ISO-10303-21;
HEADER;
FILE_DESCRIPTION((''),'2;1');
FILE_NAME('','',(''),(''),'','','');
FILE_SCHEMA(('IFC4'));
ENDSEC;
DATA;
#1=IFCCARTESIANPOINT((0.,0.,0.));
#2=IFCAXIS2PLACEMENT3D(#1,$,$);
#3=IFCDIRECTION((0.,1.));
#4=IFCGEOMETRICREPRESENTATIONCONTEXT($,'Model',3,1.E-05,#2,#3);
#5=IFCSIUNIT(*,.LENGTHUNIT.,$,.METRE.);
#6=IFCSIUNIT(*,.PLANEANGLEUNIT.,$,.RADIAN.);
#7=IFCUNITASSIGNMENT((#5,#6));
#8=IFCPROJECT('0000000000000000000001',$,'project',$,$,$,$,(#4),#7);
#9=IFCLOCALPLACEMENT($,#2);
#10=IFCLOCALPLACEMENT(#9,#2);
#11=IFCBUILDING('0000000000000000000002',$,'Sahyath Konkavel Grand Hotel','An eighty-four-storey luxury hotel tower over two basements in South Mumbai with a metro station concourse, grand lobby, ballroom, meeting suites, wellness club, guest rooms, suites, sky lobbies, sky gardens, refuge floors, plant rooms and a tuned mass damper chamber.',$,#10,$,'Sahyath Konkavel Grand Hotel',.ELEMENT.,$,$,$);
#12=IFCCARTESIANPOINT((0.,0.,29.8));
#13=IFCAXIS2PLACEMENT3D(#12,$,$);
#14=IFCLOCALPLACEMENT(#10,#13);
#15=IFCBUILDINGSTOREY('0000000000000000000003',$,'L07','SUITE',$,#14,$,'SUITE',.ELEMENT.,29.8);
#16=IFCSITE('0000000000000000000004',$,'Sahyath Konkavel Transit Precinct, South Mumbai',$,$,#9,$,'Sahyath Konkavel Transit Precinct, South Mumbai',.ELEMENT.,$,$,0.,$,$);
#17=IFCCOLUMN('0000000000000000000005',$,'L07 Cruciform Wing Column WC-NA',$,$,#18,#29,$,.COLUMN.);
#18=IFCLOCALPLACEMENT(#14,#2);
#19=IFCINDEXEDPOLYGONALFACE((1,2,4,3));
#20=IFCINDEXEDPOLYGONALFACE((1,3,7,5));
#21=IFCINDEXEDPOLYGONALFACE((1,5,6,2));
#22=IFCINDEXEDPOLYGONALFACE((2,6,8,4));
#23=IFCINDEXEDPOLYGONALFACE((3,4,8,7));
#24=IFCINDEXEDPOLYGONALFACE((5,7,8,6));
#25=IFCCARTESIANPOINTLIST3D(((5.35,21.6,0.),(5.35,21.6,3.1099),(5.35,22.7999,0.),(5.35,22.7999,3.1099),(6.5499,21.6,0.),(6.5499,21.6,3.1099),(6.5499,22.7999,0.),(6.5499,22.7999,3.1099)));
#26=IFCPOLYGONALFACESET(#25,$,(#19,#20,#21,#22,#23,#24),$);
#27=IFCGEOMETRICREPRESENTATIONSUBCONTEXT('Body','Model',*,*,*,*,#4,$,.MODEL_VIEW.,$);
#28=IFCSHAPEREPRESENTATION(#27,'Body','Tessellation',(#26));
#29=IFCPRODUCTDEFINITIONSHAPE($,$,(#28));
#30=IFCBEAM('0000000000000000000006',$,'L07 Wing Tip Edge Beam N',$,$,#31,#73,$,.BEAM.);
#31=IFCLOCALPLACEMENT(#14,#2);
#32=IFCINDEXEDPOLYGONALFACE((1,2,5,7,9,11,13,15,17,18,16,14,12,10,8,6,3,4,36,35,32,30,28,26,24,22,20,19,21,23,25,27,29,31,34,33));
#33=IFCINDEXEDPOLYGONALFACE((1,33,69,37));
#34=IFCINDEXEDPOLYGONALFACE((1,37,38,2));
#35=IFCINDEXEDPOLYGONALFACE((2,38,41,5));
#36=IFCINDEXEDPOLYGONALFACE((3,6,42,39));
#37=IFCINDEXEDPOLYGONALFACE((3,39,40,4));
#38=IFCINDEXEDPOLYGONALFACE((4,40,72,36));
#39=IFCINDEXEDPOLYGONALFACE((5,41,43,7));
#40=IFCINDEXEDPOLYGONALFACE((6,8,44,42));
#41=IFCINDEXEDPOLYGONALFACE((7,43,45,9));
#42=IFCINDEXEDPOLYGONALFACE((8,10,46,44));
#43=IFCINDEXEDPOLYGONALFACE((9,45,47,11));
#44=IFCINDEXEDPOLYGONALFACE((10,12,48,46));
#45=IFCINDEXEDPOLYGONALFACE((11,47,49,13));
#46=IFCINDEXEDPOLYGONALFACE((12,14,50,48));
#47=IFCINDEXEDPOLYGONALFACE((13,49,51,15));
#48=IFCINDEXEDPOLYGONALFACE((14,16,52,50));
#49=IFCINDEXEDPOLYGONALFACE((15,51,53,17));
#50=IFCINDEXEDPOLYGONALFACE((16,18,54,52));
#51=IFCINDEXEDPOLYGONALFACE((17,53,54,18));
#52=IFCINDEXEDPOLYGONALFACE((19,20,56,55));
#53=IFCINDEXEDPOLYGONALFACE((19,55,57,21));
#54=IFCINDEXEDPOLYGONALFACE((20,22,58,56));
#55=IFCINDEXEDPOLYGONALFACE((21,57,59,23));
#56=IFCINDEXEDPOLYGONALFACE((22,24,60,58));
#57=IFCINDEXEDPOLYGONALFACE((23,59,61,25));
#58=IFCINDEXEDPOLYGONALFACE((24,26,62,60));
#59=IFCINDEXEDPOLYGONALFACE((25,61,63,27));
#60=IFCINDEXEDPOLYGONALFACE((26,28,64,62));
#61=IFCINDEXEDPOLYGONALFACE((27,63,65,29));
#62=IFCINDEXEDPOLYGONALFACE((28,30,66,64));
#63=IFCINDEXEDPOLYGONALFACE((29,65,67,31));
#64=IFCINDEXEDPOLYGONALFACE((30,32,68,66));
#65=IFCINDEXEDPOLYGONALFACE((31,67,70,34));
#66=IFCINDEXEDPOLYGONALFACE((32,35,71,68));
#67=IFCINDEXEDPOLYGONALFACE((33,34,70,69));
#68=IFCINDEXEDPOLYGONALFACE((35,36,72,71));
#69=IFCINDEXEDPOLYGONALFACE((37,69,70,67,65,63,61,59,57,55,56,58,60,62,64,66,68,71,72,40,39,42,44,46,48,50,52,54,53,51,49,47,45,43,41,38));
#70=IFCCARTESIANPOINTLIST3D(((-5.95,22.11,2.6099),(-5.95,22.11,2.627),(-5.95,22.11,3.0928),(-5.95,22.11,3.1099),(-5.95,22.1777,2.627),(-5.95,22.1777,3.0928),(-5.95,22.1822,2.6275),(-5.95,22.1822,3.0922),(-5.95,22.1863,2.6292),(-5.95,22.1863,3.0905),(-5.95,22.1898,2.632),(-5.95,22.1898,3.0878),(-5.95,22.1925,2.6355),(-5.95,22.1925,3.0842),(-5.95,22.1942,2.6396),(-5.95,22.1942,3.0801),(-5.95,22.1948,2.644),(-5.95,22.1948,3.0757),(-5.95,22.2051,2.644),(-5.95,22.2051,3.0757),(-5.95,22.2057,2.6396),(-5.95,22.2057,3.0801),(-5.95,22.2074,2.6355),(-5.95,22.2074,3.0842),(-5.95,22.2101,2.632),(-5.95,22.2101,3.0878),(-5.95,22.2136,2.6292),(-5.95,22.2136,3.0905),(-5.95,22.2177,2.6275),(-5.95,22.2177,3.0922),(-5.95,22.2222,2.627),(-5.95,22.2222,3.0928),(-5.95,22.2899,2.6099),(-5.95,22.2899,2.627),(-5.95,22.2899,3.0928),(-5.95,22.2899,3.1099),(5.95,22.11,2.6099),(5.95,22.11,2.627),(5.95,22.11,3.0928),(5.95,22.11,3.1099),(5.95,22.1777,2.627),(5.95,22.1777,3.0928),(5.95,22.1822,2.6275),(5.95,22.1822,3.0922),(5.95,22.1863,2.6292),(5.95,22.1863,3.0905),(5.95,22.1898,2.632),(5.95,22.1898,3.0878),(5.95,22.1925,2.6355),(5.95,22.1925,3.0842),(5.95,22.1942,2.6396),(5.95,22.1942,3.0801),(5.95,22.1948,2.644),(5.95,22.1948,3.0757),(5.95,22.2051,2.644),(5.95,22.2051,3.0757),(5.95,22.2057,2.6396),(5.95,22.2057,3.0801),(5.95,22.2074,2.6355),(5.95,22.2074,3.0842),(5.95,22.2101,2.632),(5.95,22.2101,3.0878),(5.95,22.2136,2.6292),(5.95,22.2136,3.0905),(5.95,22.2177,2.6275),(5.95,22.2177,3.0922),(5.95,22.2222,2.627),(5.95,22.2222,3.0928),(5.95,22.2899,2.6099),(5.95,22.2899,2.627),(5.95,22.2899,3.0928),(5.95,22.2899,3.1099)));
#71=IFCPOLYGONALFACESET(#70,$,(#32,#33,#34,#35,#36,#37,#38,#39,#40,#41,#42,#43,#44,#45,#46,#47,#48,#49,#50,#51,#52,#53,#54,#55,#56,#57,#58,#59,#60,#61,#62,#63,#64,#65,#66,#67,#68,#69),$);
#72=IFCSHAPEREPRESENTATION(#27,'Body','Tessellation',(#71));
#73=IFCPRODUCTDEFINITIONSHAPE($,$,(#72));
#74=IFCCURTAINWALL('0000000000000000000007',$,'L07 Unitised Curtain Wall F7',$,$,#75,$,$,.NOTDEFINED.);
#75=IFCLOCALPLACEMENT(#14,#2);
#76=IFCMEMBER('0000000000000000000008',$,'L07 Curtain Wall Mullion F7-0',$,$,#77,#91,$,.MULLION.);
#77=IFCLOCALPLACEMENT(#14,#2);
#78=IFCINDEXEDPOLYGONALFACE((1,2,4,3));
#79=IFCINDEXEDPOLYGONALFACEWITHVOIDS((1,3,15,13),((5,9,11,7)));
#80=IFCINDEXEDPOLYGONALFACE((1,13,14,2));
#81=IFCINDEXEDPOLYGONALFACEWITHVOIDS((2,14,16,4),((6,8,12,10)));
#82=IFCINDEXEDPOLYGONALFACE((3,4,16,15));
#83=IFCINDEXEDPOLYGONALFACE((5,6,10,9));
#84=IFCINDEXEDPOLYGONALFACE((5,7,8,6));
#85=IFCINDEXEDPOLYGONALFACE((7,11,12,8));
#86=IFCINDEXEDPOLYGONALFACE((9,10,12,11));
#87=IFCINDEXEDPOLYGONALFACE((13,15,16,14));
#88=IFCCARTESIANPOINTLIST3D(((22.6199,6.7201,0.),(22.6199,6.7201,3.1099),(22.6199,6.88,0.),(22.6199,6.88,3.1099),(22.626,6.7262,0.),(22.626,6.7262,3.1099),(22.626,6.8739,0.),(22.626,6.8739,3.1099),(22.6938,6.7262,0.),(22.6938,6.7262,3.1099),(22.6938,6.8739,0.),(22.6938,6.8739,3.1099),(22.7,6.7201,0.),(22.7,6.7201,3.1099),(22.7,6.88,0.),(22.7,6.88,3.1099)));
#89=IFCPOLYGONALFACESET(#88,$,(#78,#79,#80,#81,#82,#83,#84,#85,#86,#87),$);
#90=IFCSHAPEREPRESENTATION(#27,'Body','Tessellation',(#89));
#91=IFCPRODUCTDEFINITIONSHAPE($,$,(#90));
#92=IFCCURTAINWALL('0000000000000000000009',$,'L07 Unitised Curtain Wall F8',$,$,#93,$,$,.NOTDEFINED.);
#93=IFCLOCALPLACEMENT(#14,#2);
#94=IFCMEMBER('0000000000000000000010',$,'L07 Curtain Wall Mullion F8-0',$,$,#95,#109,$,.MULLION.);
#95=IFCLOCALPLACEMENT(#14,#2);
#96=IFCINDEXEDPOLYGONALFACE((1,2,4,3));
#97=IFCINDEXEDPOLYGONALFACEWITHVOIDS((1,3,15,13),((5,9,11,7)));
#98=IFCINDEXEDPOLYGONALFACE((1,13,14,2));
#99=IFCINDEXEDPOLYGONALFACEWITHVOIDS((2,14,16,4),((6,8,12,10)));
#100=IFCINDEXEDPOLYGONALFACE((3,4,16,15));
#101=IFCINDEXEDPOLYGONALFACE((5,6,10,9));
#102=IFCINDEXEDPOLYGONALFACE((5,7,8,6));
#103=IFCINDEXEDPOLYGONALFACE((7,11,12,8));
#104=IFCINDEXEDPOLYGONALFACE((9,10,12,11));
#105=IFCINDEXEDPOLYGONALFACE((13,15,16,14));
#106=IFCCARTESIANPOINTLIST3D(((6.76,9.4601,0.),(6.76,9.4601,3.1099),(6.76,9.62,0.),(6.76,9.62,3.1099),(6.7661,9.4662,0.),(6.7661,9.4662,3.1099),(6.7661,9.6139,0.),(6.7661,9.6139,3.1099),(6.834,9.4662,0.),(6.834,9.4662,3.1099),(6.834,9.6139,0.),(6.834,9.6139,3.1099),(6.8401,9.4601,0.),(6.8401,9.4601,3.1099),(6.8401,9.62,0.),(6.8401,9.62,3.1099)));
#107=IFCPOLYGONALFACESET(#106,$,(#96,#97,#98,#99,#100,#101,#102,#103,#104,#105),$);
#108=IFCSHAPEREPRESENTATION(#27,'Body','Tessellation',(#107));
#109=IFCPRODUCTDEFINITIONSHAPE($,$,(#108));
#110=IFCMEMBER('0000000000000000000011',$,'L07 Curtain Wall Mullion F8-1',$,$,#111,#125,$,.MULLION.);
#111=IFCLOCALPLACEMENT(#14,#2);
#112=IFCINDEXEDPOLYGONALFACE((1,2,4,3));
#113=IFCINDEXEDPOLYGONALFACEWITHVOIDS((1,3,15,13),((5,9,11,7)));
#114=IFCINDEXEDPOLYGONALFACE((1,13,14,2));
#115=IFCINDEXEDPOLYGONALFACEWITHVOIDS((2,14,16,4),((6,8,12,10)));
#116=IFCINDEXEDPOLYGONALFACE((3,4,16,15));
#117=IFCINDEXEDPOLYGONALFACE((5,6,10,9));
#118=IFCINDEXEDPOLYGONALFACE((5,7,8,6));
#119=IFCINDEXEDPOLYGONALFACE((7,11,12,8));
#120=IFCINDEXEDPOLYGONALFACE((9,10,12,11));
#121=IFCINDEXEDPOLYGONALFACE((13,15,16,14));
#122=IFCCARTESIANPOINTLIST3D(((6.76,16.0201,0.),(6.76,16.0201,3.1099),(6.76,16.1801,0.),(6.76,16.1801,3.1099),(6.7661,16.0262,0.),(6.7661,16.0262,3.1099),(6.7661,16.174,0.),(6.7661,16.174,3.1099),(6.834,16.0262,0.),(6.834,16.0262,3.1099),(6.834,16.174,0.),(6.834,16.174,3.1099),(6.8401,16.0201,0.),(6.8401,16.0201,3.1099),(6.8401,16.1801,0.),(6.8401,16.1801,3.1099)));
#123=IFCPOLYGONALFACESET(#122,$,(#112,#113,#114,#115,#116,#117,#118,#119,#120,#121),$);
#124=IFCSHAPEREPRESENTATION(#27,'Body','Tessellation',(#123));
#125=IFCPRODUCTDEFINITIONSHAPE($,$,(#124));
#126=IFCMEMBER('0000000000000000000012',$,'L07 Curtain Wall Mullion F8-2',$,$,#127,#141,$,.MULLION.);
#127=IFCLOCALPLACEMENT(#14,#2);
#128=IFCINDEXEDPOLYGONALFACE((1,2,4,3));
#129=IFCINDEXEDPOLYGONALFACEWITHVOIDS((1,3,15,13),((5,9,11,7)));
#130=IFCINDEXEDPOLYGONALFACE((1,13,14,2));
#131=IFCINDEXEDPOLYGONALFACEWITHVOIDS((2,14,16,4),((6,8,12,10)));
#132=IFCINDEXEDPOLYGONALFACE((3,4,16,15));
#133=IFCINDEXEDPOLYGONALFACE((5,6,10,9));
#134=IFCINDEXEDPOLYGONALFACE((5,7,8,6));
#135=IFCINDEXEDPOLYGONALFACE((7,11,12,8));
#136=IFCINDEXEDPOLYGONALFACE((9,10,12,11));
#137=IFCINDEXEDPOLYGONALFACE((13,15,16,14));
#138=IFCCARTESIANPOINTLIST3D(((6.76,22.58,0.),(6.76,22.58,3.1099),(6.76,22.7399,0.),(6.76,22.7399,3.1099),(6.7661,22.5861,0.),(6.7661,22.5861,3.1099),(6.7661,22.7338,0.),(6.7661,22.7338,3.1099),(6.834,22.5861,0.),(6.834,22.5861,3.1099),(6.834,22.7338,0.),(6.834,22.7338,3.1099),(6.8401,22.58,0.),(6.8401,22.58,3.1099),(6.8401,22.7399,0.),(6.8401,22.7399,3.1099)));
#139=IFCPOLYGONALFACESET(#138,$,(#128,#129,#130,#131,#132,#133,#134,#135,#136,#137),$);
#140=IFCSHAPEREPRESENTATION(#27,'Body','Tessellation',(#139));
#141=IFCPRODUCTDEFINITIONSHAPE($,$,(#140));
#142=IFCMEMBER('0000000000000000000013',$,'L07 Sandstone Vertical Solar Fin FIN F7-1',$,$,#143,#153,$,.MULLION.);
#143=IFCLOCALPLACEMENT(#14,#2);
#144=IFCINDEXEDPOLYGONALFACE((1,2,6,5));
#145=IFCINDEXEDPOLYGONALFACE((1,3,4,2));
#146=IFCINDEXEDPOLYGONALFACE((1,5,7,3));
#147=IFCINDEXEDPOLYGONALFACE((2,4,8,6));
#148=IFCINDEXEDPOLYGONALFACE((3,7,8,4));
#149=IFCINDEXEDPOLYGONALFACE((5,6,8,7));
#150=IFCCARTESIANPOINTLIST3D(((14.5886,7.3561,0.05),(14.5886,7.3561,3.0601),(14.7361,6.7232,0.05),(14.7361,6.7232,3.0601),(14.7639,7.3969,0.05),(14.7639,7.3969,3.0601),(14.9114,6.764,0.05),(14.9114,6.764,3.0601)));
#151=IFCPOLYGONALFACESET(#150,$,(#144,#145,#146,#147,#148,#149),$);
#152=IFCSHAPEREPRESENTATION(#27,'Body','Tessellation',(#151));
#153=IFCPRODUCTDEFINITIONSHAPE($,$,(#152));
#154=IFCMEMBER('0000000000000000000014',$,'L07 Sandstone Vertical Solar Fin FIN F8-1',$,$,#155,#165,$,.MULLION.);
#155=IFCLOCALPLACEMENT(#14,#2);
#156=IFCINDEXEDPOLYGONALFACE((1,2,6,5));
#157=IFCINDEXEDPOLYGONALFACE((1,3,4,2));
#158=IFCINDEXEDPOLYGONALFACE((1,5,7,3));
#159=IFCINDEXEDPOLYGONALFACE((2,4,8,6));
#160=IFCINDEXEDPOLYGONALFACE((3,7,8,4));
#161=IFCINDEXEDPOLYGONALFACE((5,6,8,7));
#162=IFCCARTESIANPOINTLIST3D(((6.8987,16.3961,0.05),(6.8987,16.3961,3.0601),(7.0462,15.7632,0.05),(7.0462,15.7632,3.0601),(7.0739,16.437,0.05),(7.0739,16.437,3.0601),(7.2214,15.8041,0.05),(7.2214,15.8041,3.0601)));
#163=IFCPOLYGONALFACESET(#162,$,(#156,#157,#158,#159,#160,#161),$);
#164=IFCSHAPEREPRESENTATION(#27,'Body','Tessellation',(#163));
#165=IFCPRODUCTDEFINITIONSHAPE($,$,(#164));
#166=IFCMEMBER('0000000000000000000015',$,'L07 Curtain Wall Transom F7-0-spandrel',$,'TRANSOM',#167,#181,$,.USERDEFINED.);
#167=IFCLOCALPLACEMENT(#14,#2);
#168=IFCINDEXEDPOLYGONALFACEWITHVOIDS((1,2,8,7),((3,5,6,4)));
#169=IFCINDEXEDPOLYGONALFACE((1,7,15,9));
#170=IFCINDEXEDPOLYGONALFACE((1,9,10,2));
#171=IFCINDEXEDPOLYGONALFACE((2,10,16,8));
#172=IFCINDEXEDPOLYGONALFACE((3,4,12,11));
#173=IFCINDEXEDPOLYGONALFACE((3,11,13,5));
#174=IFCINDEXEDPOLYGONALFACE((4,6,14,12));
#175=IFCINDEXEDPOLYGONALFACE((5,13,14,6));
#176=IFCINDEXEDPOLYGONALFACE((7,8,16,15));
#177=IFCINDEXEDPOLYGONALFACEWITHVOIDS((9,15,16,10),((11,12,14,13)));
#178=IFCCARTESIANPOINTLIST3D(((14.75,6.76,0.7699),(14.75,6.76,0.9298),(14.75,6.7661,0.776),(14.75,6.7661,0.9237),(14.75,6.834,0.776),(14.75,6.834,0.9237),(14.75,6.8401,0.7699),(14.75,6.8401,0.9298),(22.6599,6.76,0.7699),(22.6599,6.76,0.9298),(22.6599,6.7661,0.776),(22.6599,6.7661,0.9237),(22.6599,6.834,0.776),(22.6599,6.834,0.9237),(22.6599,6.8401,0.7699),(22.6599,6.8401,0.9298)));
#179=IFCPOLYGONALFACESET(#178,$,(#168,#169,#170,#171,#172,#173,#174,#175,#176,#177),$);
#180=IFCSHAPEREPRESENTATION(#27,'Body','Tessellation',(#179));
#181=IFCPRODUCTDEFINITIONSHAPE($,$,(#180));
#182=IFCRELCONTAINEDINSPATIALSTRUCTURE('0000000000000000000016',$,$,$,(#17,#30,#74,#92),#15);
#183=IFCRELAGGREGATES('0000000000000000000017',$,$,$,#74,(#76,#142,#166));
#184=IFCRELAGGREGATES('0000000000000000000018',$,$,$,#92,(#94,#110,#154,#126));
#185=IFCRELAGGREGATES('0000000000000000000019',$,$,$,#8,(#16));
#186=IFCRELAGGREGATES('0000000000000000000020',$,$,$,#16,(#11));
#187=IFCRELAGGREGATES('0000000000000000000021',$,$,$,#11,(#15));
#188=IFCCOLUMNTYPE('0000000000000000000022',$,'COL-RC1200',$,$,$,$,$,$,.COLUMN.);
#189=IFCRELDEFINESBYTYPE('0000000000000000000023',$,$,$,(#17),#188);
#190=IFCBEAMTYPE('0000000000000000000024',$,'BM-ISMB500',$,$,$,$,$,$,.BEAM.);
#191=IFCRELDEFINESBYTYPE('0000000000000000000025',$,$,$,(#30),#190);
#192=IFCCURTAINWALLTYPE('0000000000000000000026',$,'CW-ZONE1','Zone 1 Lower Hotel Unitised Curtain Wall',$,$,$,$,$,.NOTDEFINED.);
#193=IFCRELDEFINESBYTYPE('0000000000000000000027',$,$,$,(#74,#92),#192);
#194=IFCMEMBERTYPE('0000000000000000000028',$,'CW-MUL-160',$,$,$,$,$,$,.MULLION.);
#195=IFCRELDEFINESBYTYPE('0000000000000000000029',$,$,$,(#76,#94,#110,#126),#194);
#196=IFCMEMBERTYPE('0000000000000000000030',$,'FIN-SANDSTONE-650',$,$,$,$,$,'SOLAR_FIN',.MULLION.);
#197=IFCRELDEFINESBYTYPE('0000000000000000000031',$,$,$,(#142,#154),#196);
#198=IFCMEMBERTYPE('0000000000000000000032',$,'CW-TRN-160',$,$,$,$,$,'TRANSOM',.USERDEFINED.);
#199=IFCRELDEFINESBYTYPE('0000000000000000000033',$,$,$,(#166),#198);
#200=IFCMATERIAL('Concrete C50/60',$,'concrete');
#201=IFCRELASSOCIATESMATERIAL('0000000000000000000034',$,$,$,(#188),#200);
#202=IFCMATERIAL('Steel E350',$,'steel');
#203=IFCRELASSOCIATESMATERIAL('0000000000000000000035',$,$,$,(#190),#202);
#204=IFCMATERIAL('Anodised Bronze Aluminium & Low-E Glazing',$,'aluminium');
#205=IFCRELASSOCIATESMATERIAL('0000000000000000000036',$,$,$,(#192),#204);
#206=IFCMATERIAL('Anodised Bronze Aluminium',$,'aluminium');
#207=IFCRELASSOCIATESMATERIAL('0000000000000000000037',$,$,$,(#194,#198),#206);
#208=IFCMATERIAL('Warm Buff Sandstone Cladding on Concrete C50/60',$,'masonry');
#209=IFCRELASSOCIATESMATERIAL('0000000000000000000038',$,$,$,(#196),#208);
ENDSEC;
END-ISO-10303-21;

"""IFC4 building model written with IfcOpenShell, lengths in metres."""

from ifc_helpers import new_model, si_unit, direction, frame, origin, origin_2d, place, context, subcontext, project, spatial, rectangle, hollow_rectangle, i_section, extrude, source, transform, mapped, material, material_profile, profile_set, type_object, element, aggregate, save


model = new_model("IFC4")

# Units and contexts
model_context = context("Model", 3, precision=1e-05, world=origin(), true_north=direction((0.0, 1.0)))
body_context = subcontext(model_context, "Body", "Model", "MODEL_VIEW")
ifc_project = project(units=[si_unit("LENGTHUNIT", "METRE"), si_unit("PLANEANGLEUNIT", "RADIAN")], contexts=[model_context])

# Site, building, storey
site_placement = place(None, origin())
site = spatial("IfcSite", under=ifc_project, at=site_placement, Name="Sahyath Konkavel Transit Precinct, South Mumbai", LongName="Sahyath Konkavel Transit Precinct, South Mumbai", CompositionType="ELEMENT", RefElevation=0.0)
building_placement = place(site_placement, origin())
building = spatial("IfcBuilding", under=site, at=building_placement, Name="Sahyath Konkavel Grand Hotel", Description="An eighty-four-storey luxury hotel tower over two basements in South Mumbai with a metro station concourse, grand lobby, ballroom, meeting suites, wellness club, guest rooms, suites, sky lobbies, sky gardens, refuge floors, plant rooms and a tuned mass damper chamber.", LongName="Sahyath Konkavel Grand Hotel", CompositionType="ELEMENT")
storey_placement = place(building_placement, frame((0.0, 0.0, 29.8)))
storey = spatial("IfcBuildingStorey", under=building, at=storey_placement, Name="L07", Description="SUITE", LongName="SUITE", CompositionType="ELEMENT", Elevation=29.8)

# Column
ifc_material_1 = material(Name="Concrete C50/60", Category="concrete")
ifc_material_profile_1 = material_profile(ifc_material_1, rectangle(XDim=1.2, YDim=1.2, at=origin_2d()), Name="RC 1200x1200")
ifc_profile_set_1 = profile_set([ifc_material_profile_1], Name="Concrete C50/60")
column_type = type_object("IfcColumnType", Name="COL-RC1200", PredefinedType="COLUMN", material=ifc_profile_set_1)
shared_shape_1 = source(origin(), body_context, "Body", "SweptSolid", [
    extrude(rectangle(XDim=1.2, YDim=1.2, at=origin_2d()), origin(), (0.0, 0.0, 1.0), 3.1099),
])
column_placement = place(storey_placement, frame((5.95, 22.2, 0.0), z_axis=(0.0, 0.0, 1.0), x_axis=(1.0, 0.0, 0.0)))
element("IfcColumn", 1, at=column_placement, inside=storey, type_object=column_type, Name="L07 Cruciform Wing Column WC-NA", PredefinedType="COLUMN", context=body_context, shape_type="MappedRepresentation", body=[
    mapped(shared_shape_1, transform((0.0, 0.0, 0.0), scale=1.0)),
])

# Beam
ifc_material_2 = material(Name="Steel E350", Category="steel")
ifc_material_profile_2 = material_profile(ifc_material_2, i_section(OverallWidth=0.1799, OverallDepth=0.5, WebThickness=0.0103, FlangeThickness=0.0171, FilletRadius=0.0171, at=origin_2d()), Name="ISMB 500")
ifc_profile_set_2 = profile_set([ifc_material_profile_2], Name="Steel E350")
beam_type = type_object("IfcBeamType", Name="BM-ISMB500", PredefinedType="BEAM", material=ifc_profile_set_2)
shared_shape_2 = source(origin(), body_context, "Body", "SweptSolid", [
    extrude(i_section(OverallWidth=0.1799, OverallDepth=0.5, WebThickness=0.0103, FlangeThickness=0.0171, FilletRadius=0.0171, at=origin_2d()), origin(), (0.0, 0.0, 1.0), 11.8999),
])
beam_placement = place(storey_placement, frame((5.95, 22.2, 2.8599), z_axis=(-1.0, 0.0, 0.0), x_axis=(0.0, -1.0, 0.0)))
element("IfcBeam", 2, at=beam_placement, inside=storey, type_object=beam_type, Name="L07 Wing Tip Edge Beam N", PredefinedType="BEAM", context=body_context, shape_type="MappedRepresentation", body=[
    mapped(shared_shape_2, transform((0.0, 0.0, 0.0), scale=1.0)),
])

# Curtain wall, member
ifc_material_3 = material(Name="Anodised Bronze Aluminium & Low-E Glazing", Category="aluminium")
curtain_wall_type = type_object("IfcCurtainWallType", Name="CW-ZONE1", Description="Zone 1 Lower Hotel Unitised Curtain Wall", PredefinedType="NOTDEFINED", material=ifc_material_3)
curtain_wall_1_placement = place(storey_placement, origin())
curtain_wall_1 = element("IfcCurtainWall", 3, at=curtain_wall_1_placement, inside=storey, type_object=curtain_wall_type, Name="L07 Unitised Curtain Wall F7", PredefinedType="NOTDEFINED")
ifc_material_4 = material(Name="Anodised Bronze Aluminium", Category="aluminium")
ifc_material_profile_3 = material_profile(ifc_material_4, hollow_rectangle(XDim=0.0801, YDim=0.1599, WallThickness=0.0061, at=origin_2d()), Name="RHS 160x80x6")
ifc_profile_set_3 = profile_set([ifc_material_profile_3], Name="Anodised Bronze Aluminium")
member_type_1 = type_object("IfcMemberType", Name="CW-MUL-160", PredefinedType="MULLION", material=ifc_profile_set_3)
shared_shape_3 = source(origin(), body_context, "Body", "SweptSolid", [
    extrude(hollow_rectangle(XDim=0.0801, YDim=0.1599, WallThickness=0.0061, at=origin_2d()), origin(), (0.0, 0.0, 1.0), 3.1099),
])
member_1_placement = place(storey_placement, frame((22.6599, 6.8, 0.0), z_axis=(0.0, 0.0, 1.0), x_axis=(1.0, 0.0, 0.0)))
member_1 = element("IfcMember", 4, at=member_1_placement, type_object=member_type_1, Name="L07 Curtain Wall Mullion F7-0", PredefinedType="MULLION", context=body_context, shape_type="MappedRepresentation", body=[
    mapped(shared_shape_3, transform((0.0, 0.0, 0.0), scale=1.0)),
])

# Curtain wall, members
curtain_wall_2_placement = place(storey_placement, origin())
curtain_wall_2 = element("IfcCurtainWall", 5, at=curtain_wall_2_placement, inside=storey, type_object=curtain_wall_type, Name="L07 Unitised Curtain Wall F8", PredefinedType="NOTDEFINED")
member_2_placement = place(storey_placement, frame((6.8, 9.54, 0.0), z_axis=(0.0, 0.0, 1.0), x_axis=(1.0, 0.0, 0.0)))
member_2 = element("IfcMember", 6, at=member_2_placement, type_object=member_type_1, Name="L07 Curtain Wall Mullion F8-0", PredefinedType="MULLION", context=body_context, shape_type="MappedRepresentation", body=[
    mapped(shared_shape_3, transform((0.0, 0.0, 0.0), scale=1.0)),
])
member_3_placement = place(storey_placement, frame((6.8, 16.1001, 0.0), z_axis=(0.0, 0.0, 1.0), x_axis=(1.0, 0.0, 0.0)))
member_3 = element("IfcMember", 7, at=member_3_placement, type_object=member_type_1, Name="L07 Curtain Wall Mullion F8-1", PredefinedType="MULLION", context=body_context, shape_type="MappedRepresentation", body=[
    mapped(shared_shape_3, transform((0.0, 0.0, 0.0), scale=1.0)),
])
member_4_placement = place(storey_placement, frame((6.8, 22.6599, 0.0), z_axis=(0.0, 0.0, 1.0), x_axis=(1.0, 0.0, 0.0)))
member_4 = element("IfcMember", 8, at=member_4_placement, type_object=member_type_1, Name="L07 Curtain Wall Mullion F8-2", PredefinedType="MULLION", context=body_context, shape_type="MappedRepresentation", body=[
    mapped(shared_shape_3, transform((0.0, 0.0, 0.0), scale=1.0)),
])

# Members
ifc_material_5 = material(Name="Warm Buff Sandstone Cladding on Concrete C50/60", Category="masonry")
ifc_material_profile_4 = material_profile(ifc_material_5, rectangle(XDim=0.1799, YDim=0.6499, at=origin_2d()), Name="FIN 180x650")
ifc_profile_set_4 = profile_set([ifc_material_profile_4], Name="Warm Buff Sandstone Cladding on Concrete C50/60")
member_type_2 = type_object("IfcMemberType", Name="FIN-SANDSTONE-650", ElementType="SOLAR_FIN", PredefinedType="MULLION", material=ifc_profile_set_4)
shared_shape_4 = source(origin(), body_context, "Body", "SweptSolid", [
    extrude(rectangle(XDim=0.1799, YDim=0.6499, at=origin_2d()), origin(), (0.0, 0.0, 1.0), 3.01),
])
member_5_placement = place(storey_placement, frame((14.75, 7.0601, 0.05), z_axis=(0.0, 0.0, 1.0), x_axis=(0.973897, 0.226991, 0.0)))
member_5 = element("IfcMember", 9, at=member_5_placement, type_object=member_type_2, Name="L07 Sandstone Vertical Solar Fin FIN F7-1", PredefinedType="MULLION", context=body_context, shape_type="MappedRepresentation", body=[
    mapped(shared_shape_4, transform((0.0, 0.0, 0.0), scale=1.0)),
])
member_6_placement = place(storey_placement, frame((7.0601, 16.1001, 0.05), z_axis=(0.0, 0.0, 1.0), x_axis=(0.973897, 0.226991, 0.0)))
member_6 = element("IfcMember", 10, at=member_6_placement, type_object=member_type_2, Name="L07 Sandstone Vertical Solar Fin FIN F8-1", PredefinedType="MULLION", context=body_context, shape_type="MappedRepresentation", body=[
    mapped(shared_shape_4, transform((0.0, 0.0, 0.0), scale=1.0)),
])
ifc_material_profile_5 = material_profile(ifc_material_4, hollow_rectangle(XDim=0.0801, YDim=0.1599, WallThickness=0.0061, at=origin_2d()), Name="RHS 160x80x6")
ifc_profile_set_5 = profile_set([ifc_material_profile_5], Name="Anodised Bronze Aluminium")
member_type_3 = type_object("IfcMemberType", Name="CW-TRN-160", ElementType="TRANSOM", PredefinedType="USERDEFINED", material=ifc_profile_set_5)
shared_shape_5 = source(origin(), body_context, "Body", "SweptSolid", [
    extrude(hollow_rectangle(XDim=0.0801, YDim=0.1599, WallThickness=0.0061, at=origin_2d()), origin(), (0.0, 0.0, 1.0), 7.9099),
])
member_7_placement = place(storey_placement, frame((22.6599, 6.8, 0.8499), z_axis=(-1.0, 0.0, 0.0), x_axis=(0.0, -1.0, 0.0)))
member_7 = element("IfcMember", 11, at=member_7_placement, type_object=member_type_3, Name="L07 Curtain Wall Transom F7-0-spandrel", ObjectType="TRANSOM", PredefinedType="USERDEFINED", context=body_context, shape_type="MappedRepresentation", body=[
    mapped(shared_shape_5, transform((0.0, 0.0, 0.0), scale=1.0)),
])

aggregate(curtain_wall_1, [member_1, member_5, member_7])
aggregate(curtain_wall_2, [member_2, member_3, member_6, member_4])

save(model, "model.ifc")
